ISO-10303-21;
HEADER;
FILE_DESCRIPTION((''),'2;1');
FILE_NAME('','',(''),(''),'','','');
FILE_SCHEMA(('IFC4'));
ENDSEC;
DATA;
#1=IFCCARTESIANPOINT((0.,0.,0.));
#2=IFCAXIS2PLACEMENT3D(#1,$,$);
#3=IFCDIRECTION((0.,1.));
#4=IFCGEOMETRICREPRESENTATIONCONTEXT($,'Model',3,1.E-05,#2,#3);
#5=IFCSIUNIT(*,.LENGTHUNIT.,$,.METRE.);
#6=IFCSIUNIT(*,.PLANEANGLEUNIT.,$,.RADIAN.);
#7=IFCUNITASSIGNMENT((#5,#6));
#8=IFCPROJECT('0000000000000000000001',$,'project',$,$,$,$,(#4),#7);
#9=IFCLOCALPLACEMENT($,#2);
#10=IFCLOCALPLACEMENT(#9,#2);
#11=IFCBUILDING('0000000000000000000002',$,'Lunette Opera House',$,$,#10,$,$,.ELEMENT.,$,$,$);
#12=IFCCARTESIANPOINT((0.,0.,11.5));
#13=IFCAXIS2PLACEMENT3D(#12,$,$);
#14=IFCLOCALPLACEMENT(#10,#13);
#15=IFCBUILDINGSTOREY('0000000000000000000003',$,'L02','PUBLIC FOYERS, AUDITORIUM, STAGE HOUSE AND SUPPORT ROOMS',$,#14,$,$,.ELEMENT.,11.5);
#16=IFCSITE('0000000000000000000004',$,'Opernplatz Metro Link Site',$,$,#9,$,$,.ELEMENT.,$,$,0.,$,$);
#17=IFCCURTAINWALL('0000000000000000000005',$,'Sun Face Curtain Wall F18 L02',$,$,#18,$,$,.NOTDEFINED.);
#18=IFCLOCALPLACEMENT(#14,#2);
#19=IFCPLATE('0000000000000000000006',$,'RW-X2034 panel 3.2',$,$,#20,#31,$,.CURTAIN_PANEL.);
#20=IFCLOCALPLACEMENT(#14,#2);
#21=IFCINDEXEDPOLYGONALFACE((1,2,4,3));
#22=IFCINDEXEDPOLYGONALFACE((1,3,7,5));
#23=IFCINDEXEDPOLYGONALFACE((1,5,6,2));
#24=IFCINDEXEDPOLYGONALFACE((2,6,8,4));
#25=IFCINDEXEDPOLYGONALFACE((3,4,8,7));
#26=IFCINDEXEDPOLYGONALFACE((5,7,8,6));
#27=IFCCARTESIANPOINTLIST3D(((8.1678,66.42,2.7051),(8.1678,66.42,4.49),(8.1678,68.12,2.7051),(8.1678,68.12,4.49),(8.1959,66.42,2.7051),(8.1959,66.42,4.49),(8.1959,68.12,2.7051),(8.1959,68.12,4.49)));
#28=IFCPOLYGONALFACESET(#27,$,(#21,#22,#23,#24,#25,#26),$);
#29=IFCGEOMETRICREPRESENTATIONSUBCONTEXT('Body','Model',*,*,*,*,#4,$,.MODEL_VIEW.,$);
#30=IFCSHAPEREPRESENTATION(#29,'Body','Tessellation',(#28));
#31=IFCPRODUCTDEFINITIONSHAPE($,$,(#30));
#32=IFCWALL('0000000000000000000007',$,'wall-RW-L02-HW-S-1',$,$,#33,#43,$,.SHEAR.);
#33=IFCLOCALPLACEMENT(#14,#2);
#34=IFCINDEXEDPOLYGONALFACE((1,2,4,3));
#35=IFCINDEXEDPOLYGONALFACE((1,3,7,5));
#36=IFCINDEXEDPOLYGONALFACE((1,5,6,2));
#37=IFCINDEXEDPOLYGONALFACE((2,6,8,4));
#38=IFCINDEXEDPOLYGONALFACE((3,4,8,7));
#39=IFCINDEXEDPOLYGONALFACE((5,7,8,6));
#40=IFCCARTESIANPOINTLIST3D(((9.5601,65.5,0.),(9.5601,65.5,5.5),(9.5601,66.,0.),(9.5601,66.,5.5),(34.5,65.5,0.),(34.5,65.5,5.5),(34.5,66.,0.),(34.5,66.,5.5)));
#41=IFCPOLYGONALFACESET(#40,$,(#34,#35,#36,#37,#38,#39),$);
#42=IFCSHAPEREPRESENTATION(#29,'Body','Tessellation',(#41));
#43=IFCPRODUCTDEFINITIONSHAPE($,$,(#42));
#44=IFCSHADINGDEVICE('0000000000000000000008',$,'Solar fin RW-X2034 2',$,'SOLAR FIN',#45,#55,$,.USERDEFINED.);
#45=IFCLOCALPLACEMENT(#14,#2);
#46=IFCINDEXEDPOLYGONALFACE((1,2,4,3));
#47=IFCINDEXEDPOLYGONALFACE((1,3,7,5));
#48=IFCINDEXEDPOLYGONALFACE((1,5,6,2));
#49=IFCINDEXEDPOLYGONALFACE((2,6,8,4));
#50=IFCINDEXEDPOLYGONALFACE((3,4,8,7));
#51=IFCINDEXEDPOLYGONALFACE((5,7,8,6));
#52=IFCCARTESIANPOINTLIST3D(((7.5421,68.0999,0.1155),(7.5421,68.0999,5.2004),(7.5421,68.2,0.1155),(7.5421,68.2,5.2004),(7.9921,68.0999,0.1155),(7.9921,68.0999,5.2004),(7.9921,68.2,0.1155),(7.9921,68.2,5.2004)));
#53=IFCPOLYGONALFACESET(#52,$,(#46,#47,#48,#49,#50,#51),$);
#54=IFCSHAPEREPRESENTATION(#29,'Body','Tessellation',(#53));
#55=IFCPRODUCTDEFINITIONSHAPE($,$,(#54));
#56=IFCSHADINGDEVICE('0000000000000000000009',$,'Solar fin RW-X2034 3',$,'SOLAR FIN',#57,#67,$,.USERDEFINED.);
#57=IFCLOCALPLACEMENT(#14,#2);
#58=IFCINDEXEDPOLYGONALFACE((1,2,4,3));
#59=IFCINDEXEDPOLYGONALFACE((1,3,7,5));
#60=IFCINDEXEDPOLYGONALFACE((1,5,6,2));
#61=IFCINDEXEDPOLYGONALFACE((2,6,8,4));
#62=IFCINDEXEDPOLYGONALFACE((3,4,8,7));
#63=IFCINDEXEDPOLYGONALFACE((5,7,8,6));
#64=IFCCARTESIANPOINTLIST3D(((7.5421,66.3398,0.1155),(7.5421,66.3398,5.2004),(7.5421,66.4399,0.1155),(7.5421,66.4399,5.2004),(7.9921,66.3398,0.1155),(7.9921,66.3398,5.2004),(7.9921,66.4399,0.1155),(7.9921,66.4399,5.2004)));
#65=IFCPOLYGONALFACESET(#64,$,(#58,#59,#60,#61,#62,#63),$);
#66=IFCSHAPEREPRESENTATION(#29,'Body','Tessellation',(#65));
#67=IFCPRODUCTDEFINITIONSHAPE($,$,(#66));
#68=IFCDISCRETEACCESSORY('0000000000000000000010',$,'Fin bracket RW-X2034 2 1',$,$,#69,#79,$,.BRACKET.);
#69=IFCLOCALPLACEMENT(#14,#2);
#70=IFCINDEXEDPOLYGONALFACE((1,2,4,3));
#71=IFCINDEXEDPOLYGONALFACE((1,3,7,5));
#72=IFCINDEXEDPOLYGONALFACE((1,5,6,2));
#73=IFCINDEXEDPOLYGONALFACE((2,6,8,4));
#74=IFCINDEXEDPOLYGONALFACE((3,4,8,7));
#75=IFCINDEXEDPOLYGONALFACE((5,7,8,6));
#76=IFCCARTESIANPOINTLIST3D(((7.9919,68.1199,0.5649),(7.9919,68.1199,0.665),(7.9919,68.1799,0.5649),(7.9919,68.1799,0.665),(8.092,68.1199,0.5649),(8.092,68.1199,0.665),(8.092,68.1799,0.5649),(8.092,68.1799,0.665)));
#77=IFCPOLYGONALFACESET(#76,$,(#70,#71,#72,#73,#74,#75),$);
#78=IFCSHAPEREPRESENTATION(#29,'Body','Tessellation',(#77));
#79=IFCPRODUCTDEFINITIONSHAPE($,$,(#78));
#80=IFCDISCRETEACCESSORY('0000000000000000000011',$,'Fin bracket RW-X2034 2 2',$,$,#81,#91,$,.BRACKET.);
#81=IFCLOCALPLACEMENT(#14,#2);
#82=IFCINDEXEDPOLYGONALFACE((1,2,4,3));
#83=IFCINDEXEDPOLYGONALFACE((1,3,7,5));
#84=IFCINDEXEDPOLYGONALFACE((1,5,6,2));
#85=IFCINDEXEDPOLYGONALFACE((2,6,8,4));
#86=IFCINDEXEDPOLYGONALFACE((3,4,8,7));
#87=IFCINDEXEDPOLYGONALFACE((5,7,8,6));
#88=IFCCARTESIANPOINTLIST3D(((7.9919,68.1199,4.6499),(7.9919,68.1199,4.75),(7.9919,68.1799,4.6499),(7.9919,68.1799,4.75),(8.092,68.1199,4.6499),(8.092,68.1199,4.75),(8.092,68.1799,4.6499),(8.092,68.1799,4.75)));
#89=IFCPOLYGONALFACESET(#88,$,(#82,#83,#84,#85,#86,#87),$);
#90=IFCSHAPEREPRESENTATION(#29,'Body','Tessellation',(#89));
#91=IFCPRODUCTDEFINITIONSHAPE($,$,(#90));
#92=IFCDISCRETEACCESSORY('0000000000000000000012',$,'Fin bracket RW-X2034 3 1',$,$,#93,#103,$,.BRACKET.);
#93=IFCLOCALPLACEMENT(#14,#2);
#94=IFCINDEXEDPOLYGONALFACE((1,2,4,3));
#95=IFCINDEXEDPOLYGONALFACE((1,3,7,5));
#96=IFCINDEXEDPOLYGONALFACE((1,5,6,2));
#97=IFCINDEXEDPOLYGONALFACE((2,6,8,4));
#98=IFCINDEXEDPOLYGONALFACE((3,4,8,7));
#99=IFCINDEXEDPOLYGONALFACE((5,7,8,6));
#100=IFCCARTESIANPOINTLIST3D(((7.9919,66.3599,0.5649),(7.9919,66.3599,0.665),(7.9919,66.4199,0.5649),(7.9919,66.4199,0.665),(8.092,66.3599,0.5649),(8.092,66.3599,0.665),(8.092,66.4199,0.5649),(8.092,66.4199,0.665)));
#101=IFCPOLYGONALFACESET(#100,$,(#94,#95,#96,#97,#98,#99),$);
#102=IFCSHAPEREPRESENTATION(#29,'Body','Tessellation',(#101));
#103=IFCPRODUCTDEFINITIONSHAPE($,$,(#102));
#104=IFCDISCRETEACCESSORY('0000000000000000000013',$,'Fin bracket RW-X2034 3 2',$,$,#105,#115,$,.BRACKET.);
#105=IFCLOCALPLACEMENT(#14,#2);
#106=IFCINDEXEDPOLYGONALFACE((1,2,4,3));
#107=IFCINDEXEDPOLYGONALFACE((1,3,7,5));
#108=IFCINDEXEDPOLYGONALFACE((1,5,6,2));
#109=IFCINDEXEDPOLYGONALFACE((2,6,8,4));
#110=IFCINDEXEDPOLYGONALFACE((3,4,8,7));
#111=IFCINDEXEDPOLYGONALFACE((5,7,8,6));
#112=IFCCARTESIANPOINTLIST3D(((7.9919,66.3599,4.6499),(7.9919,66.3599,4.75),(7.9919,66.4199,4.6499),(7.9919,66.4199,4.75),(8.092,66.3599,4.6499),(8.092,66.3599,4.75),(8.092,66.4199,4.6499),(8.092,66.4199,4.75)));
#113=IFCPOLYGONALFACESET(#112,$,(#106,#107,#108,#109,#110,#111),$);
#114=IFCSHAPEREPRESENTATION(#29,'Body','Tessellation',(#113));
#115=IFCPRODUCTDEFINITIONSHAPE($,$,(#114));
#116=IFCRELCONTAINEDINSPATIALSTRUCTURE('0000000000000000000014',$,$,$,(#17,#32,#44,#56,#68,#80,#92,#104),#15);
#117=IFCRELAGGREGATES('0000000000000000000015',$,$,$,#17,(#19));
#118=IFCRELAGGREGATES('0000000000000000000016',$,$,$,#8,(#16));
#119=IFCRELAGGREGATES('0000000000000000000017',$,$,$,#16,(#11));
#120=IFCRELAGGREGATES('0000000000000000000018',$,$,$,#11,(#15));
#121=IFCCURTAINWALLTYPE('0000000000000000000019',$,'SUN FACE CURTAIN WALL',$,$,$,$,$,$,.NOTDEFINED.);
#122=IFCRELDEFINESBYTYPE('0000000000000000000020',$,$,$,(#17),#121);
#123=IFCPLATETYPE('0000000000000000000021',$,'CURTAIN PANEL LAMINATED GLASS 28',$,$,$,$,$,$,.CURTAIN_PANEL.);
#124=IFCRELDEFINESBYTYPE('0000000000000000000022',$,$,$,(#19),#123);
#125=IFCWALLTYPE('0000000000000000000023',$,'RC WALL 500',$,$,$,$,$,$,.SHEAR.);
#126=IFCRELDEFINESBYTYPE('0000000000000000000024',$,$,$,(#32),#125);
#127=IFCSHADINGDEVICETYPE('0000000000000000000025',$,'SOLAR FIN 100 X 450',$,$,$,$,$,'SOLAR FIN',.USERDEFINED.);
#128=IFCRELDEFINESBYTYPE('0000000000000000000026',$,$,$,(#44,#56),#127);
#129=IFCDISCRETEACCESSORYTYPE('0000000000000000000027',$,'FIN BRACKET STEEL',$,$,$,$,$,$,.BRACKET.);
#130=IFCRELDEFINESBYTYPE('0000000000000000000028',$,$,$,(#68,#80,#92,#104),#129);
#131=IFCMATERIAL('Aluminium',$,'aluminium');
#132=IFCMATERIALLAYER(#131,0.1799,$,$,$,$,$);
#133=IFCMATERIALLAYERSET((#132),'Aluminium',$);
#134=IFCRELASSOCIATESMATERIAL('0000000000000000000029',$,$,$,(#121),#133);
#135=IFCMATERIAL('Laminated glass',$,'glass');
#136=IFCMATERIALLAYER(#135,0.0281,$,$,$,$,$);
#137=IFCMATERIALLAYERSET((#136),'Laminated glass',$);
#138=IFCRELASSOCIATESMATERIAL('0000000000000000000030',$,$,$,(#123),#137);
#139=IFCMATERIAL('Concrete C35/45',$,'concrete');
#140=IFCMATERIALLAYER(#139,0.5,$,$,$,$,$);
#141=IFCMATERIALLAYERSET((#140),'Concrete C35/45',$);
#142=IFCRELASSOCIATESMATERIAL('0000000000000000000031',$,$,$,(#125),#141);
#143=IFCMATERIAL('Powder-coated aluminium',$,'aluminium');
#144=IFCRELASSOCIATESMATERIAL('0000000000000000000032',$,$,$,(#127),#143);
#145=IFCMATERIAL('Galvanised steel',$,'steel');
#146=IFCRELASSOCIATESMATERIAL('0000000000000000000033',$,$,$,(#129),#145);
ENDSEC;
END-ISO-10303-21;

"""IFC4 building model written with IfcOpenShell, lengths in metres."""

from ifc_helpers import new_model, si_unit, direction, frame, frame_2d, origin, origin_2d, place, context, subcontext, project, spatial, rectangle, extrude, material, layer, layer_set, type_object, element, aggregate, save


model = new_model("IFC4")

# Units and contexts
model_context = context("Model", 3, precision=1e-05, world=origin(), true_north=direction((0.0, 1.0)))
body_context = subcontext(model_context, "Body", "Model", "MODEL_VIEW")
ifc_project = project(units=[si_unit("LENGTHUNIT", "METRE"), si_unit("PLANEANGLEUNIT", "RADIAN")], contexts=[model_context])

# Site, building, storey
site_placement = place(None, origin())
site = spatial("IfcSite", under=ifc_project, at=site_placement, Name="Opernplatz Metro Link Site", CompositionType="ELEMENT", RefElevation=0.0)
building_placement = place(site_placement, origin())
building = spatial("IfcBuilding", under=site, at=building_placement, Name="Lunette Opera House", CompositionType="ELEMENT")
storey_placement = place(building_placement, frame((0.0, 0.0, 11.5)))
storey = spatial("IfcBuildingStorey", under=building, at=storey_placement, Name="L02", Description="PUBLIC FOYERS, AUDITORIUM, STAGE HOUSE AND SUPPORT ROOMS", CompositionType="ELEMENT", Elevation=11.5)

# Curtain wall, plate
ifc_material_1 = material(Name="Aluminium", Category="aluminium")
ifc_layer_1 = layer(ifc_material_1, 0.1799)
ifc_layer_set_1 = layer_set([ifc_layer_1], Name="Aluminium")
curtain_wall_type = type_object("IfcCurtainWallType", Name="SUN FACE CURTAIN WALL", PredefinedType="NOTDEFINED", material=ifc_layer_set_1)
curtain_wall_placement = place(storey_placement, origin())
curtain_wall = element("IfcCurtainWall", 1, at=curtain_wall_placement, inside=storey, type_object=curtain_wall_type, Name="Sun Face Curtain Wall F18 L02", PredefinedType="NOTDEFINED")
ifc_material_2 = material(Name="Laminated glass", Category="glass")
ifc_layer_2 = layer(ifc_material_2, 0.0281)
ifc_layer_set_2 = layer_set([ifc_layer_2], Name="Laminated glass")
plate_type = type_object("IfcPlateType", Name="CURTAIN PANEL LAMINATED GLASS 28", PredefinedType="CURTAIN_PANEL", material=ifc_layer_set_2)
plate_1_placement = place(storey_placement, frame((8.1819, 67.27, 2.7051), z_axis=(0.0, 0.0, 1.0), x_axis=(0.0, -1.0, 0.0)))
plate_1 = element("IfcPlate", 2, at=plate_1_placement, type_object=plate_type, Name="RW-X2034 panel 3.2", PredefinedType="CURTAIN_PANEL", context=body_context, shape_type="SweptSolid", body=[
    extrude(rectangle(XDim=1.7, YDim=0.0281, at=origin_2d()), origin(), (0.0, 0.0, 1.0), 1.7849),
])
aggregate(curtain_wall, [plate_1])

# Wall
ifc_material_3 = material(Name="Concrete C35/45", Category="concrete")
ifc_layer_3 = layer(ifc_material_3, 0.5)
ifc_layer_set_3 = layer_set([ifc_layer_3], Name="Concrete C35/45")
wall_type = type_object("IfcWallType", Name="RC WALL 500", PredefinedType="SHEAR", material=ifc_layer_set_3)
wall_placement = place(storey_placement, frame((9.5601, 65.75, 0.0), z_axis=(0.0, 0.0, 1.0), x_axis=(1.0, 0.0, 0.0)))
element("IfcWall", 3, at=wall_placement, inside=storey, type_object=wall_type, Name="wall-RW-L02-HW-S-1", PredefinedType="SHEAR", context=body_context, shape_type="SweptSolid", body=[
    extrude(rectangle(XDim=24.9399, YDim=0.5, at=frame_2d((12.47, 0.0))), origin(), (0.0, 0.0, 1.0), 5.5),
])

# Shading devices
ifc_material_4 = material(Name="Powder-coated aluminium", Category="aluminium")
shading_device_type = type_object("IfcShadingDeviceType", Name="SOLAR FIN 100 X 450", ElementType="SOLAR FIN", PredefinedType="USERDEFINED", material=ifc_material_4)
for number, where, z_axis, x_axis, name in (
    (4, (7.7671, 68.1499, 0.1155), (0.0, 0.0, 1.0), (-1.0, 0.0, 0.0), "Solar fin RW-X2034 2"),
    (5, (7.7671, 66.3899, 0.1155), (0.0, 0.0, 1.0), (-1.0, 0.0, 0.0), "Solar fin RW-X2034 3"),
):
    element("IfcShadingDevice", number, at=place(storey_placement, frame(where, z_axis=z_axis, x_axis=x_axis)), inside=storey, type_object=shading_device_type, Name=name, ObjectType="SOLAR FIN", PredefinedType="USERDEFINED", context=body_context, shape_type="SweptSolid", body=[
        extrude(rectangle(XDim=0.45, YDim=0.1001, at=origin_2d()), origin(), (0.0, 0.0, 1.0), 5.085),
    ])

# Discrete accessories
ifc_material_5 = material(Name="Galvanised steel", Category="steel")
discrete_accessory_type = type_object("IfcDiscreteAccessoryType", Name="FIN BRACKET STEEL", PredefinedType="BRACKET", material=ifc_material_5)
for number, where, z_axis, x_axis, name in (
    (6, (8.042, 68.1499, 0.5649), (0.0, 0.0, 1.0), (-1.0, 0.0, 0.0), "Fin bracket RW-X2034 2 1"),
    (7, (8.042, 68.1499, 4.6499), (0.0, 0.0, 1.0), (-1.0, 0.0, 0.0), "Fin bracket RW-X2034 2 2"),
    (8, (8.042, 66.3899, 0.5649), (0.0, 0.0, 1.0), (-1.0, 0.0, 0.0), "Fin bracket RW-X2034 3 1"),
    (9, (8.042, 66.3899, 4.6499), (0.0, 0.0, 1.0), (-1.0, 0.0, 0.0), "Fin bracket RW-X2034 3 2"),
):
    element("IfcDiscreteAccessory", number, at=place(storey_placement, frame(where, z_axis=z_axis, x_axis=x_axis)), inside=storey, type_object=discrete_accessory_type, Name=name, PredefinedType="BRACKET", context=body_context, shape_type="SweptSolid", body=[
        extrude(rectangle(XDim=0.1001, YDim=0.0601, at=origin_2d()), origin(), (0.0, 0.0, 1.0), 0.1001),
    ])

save(model, "model.ifc")
